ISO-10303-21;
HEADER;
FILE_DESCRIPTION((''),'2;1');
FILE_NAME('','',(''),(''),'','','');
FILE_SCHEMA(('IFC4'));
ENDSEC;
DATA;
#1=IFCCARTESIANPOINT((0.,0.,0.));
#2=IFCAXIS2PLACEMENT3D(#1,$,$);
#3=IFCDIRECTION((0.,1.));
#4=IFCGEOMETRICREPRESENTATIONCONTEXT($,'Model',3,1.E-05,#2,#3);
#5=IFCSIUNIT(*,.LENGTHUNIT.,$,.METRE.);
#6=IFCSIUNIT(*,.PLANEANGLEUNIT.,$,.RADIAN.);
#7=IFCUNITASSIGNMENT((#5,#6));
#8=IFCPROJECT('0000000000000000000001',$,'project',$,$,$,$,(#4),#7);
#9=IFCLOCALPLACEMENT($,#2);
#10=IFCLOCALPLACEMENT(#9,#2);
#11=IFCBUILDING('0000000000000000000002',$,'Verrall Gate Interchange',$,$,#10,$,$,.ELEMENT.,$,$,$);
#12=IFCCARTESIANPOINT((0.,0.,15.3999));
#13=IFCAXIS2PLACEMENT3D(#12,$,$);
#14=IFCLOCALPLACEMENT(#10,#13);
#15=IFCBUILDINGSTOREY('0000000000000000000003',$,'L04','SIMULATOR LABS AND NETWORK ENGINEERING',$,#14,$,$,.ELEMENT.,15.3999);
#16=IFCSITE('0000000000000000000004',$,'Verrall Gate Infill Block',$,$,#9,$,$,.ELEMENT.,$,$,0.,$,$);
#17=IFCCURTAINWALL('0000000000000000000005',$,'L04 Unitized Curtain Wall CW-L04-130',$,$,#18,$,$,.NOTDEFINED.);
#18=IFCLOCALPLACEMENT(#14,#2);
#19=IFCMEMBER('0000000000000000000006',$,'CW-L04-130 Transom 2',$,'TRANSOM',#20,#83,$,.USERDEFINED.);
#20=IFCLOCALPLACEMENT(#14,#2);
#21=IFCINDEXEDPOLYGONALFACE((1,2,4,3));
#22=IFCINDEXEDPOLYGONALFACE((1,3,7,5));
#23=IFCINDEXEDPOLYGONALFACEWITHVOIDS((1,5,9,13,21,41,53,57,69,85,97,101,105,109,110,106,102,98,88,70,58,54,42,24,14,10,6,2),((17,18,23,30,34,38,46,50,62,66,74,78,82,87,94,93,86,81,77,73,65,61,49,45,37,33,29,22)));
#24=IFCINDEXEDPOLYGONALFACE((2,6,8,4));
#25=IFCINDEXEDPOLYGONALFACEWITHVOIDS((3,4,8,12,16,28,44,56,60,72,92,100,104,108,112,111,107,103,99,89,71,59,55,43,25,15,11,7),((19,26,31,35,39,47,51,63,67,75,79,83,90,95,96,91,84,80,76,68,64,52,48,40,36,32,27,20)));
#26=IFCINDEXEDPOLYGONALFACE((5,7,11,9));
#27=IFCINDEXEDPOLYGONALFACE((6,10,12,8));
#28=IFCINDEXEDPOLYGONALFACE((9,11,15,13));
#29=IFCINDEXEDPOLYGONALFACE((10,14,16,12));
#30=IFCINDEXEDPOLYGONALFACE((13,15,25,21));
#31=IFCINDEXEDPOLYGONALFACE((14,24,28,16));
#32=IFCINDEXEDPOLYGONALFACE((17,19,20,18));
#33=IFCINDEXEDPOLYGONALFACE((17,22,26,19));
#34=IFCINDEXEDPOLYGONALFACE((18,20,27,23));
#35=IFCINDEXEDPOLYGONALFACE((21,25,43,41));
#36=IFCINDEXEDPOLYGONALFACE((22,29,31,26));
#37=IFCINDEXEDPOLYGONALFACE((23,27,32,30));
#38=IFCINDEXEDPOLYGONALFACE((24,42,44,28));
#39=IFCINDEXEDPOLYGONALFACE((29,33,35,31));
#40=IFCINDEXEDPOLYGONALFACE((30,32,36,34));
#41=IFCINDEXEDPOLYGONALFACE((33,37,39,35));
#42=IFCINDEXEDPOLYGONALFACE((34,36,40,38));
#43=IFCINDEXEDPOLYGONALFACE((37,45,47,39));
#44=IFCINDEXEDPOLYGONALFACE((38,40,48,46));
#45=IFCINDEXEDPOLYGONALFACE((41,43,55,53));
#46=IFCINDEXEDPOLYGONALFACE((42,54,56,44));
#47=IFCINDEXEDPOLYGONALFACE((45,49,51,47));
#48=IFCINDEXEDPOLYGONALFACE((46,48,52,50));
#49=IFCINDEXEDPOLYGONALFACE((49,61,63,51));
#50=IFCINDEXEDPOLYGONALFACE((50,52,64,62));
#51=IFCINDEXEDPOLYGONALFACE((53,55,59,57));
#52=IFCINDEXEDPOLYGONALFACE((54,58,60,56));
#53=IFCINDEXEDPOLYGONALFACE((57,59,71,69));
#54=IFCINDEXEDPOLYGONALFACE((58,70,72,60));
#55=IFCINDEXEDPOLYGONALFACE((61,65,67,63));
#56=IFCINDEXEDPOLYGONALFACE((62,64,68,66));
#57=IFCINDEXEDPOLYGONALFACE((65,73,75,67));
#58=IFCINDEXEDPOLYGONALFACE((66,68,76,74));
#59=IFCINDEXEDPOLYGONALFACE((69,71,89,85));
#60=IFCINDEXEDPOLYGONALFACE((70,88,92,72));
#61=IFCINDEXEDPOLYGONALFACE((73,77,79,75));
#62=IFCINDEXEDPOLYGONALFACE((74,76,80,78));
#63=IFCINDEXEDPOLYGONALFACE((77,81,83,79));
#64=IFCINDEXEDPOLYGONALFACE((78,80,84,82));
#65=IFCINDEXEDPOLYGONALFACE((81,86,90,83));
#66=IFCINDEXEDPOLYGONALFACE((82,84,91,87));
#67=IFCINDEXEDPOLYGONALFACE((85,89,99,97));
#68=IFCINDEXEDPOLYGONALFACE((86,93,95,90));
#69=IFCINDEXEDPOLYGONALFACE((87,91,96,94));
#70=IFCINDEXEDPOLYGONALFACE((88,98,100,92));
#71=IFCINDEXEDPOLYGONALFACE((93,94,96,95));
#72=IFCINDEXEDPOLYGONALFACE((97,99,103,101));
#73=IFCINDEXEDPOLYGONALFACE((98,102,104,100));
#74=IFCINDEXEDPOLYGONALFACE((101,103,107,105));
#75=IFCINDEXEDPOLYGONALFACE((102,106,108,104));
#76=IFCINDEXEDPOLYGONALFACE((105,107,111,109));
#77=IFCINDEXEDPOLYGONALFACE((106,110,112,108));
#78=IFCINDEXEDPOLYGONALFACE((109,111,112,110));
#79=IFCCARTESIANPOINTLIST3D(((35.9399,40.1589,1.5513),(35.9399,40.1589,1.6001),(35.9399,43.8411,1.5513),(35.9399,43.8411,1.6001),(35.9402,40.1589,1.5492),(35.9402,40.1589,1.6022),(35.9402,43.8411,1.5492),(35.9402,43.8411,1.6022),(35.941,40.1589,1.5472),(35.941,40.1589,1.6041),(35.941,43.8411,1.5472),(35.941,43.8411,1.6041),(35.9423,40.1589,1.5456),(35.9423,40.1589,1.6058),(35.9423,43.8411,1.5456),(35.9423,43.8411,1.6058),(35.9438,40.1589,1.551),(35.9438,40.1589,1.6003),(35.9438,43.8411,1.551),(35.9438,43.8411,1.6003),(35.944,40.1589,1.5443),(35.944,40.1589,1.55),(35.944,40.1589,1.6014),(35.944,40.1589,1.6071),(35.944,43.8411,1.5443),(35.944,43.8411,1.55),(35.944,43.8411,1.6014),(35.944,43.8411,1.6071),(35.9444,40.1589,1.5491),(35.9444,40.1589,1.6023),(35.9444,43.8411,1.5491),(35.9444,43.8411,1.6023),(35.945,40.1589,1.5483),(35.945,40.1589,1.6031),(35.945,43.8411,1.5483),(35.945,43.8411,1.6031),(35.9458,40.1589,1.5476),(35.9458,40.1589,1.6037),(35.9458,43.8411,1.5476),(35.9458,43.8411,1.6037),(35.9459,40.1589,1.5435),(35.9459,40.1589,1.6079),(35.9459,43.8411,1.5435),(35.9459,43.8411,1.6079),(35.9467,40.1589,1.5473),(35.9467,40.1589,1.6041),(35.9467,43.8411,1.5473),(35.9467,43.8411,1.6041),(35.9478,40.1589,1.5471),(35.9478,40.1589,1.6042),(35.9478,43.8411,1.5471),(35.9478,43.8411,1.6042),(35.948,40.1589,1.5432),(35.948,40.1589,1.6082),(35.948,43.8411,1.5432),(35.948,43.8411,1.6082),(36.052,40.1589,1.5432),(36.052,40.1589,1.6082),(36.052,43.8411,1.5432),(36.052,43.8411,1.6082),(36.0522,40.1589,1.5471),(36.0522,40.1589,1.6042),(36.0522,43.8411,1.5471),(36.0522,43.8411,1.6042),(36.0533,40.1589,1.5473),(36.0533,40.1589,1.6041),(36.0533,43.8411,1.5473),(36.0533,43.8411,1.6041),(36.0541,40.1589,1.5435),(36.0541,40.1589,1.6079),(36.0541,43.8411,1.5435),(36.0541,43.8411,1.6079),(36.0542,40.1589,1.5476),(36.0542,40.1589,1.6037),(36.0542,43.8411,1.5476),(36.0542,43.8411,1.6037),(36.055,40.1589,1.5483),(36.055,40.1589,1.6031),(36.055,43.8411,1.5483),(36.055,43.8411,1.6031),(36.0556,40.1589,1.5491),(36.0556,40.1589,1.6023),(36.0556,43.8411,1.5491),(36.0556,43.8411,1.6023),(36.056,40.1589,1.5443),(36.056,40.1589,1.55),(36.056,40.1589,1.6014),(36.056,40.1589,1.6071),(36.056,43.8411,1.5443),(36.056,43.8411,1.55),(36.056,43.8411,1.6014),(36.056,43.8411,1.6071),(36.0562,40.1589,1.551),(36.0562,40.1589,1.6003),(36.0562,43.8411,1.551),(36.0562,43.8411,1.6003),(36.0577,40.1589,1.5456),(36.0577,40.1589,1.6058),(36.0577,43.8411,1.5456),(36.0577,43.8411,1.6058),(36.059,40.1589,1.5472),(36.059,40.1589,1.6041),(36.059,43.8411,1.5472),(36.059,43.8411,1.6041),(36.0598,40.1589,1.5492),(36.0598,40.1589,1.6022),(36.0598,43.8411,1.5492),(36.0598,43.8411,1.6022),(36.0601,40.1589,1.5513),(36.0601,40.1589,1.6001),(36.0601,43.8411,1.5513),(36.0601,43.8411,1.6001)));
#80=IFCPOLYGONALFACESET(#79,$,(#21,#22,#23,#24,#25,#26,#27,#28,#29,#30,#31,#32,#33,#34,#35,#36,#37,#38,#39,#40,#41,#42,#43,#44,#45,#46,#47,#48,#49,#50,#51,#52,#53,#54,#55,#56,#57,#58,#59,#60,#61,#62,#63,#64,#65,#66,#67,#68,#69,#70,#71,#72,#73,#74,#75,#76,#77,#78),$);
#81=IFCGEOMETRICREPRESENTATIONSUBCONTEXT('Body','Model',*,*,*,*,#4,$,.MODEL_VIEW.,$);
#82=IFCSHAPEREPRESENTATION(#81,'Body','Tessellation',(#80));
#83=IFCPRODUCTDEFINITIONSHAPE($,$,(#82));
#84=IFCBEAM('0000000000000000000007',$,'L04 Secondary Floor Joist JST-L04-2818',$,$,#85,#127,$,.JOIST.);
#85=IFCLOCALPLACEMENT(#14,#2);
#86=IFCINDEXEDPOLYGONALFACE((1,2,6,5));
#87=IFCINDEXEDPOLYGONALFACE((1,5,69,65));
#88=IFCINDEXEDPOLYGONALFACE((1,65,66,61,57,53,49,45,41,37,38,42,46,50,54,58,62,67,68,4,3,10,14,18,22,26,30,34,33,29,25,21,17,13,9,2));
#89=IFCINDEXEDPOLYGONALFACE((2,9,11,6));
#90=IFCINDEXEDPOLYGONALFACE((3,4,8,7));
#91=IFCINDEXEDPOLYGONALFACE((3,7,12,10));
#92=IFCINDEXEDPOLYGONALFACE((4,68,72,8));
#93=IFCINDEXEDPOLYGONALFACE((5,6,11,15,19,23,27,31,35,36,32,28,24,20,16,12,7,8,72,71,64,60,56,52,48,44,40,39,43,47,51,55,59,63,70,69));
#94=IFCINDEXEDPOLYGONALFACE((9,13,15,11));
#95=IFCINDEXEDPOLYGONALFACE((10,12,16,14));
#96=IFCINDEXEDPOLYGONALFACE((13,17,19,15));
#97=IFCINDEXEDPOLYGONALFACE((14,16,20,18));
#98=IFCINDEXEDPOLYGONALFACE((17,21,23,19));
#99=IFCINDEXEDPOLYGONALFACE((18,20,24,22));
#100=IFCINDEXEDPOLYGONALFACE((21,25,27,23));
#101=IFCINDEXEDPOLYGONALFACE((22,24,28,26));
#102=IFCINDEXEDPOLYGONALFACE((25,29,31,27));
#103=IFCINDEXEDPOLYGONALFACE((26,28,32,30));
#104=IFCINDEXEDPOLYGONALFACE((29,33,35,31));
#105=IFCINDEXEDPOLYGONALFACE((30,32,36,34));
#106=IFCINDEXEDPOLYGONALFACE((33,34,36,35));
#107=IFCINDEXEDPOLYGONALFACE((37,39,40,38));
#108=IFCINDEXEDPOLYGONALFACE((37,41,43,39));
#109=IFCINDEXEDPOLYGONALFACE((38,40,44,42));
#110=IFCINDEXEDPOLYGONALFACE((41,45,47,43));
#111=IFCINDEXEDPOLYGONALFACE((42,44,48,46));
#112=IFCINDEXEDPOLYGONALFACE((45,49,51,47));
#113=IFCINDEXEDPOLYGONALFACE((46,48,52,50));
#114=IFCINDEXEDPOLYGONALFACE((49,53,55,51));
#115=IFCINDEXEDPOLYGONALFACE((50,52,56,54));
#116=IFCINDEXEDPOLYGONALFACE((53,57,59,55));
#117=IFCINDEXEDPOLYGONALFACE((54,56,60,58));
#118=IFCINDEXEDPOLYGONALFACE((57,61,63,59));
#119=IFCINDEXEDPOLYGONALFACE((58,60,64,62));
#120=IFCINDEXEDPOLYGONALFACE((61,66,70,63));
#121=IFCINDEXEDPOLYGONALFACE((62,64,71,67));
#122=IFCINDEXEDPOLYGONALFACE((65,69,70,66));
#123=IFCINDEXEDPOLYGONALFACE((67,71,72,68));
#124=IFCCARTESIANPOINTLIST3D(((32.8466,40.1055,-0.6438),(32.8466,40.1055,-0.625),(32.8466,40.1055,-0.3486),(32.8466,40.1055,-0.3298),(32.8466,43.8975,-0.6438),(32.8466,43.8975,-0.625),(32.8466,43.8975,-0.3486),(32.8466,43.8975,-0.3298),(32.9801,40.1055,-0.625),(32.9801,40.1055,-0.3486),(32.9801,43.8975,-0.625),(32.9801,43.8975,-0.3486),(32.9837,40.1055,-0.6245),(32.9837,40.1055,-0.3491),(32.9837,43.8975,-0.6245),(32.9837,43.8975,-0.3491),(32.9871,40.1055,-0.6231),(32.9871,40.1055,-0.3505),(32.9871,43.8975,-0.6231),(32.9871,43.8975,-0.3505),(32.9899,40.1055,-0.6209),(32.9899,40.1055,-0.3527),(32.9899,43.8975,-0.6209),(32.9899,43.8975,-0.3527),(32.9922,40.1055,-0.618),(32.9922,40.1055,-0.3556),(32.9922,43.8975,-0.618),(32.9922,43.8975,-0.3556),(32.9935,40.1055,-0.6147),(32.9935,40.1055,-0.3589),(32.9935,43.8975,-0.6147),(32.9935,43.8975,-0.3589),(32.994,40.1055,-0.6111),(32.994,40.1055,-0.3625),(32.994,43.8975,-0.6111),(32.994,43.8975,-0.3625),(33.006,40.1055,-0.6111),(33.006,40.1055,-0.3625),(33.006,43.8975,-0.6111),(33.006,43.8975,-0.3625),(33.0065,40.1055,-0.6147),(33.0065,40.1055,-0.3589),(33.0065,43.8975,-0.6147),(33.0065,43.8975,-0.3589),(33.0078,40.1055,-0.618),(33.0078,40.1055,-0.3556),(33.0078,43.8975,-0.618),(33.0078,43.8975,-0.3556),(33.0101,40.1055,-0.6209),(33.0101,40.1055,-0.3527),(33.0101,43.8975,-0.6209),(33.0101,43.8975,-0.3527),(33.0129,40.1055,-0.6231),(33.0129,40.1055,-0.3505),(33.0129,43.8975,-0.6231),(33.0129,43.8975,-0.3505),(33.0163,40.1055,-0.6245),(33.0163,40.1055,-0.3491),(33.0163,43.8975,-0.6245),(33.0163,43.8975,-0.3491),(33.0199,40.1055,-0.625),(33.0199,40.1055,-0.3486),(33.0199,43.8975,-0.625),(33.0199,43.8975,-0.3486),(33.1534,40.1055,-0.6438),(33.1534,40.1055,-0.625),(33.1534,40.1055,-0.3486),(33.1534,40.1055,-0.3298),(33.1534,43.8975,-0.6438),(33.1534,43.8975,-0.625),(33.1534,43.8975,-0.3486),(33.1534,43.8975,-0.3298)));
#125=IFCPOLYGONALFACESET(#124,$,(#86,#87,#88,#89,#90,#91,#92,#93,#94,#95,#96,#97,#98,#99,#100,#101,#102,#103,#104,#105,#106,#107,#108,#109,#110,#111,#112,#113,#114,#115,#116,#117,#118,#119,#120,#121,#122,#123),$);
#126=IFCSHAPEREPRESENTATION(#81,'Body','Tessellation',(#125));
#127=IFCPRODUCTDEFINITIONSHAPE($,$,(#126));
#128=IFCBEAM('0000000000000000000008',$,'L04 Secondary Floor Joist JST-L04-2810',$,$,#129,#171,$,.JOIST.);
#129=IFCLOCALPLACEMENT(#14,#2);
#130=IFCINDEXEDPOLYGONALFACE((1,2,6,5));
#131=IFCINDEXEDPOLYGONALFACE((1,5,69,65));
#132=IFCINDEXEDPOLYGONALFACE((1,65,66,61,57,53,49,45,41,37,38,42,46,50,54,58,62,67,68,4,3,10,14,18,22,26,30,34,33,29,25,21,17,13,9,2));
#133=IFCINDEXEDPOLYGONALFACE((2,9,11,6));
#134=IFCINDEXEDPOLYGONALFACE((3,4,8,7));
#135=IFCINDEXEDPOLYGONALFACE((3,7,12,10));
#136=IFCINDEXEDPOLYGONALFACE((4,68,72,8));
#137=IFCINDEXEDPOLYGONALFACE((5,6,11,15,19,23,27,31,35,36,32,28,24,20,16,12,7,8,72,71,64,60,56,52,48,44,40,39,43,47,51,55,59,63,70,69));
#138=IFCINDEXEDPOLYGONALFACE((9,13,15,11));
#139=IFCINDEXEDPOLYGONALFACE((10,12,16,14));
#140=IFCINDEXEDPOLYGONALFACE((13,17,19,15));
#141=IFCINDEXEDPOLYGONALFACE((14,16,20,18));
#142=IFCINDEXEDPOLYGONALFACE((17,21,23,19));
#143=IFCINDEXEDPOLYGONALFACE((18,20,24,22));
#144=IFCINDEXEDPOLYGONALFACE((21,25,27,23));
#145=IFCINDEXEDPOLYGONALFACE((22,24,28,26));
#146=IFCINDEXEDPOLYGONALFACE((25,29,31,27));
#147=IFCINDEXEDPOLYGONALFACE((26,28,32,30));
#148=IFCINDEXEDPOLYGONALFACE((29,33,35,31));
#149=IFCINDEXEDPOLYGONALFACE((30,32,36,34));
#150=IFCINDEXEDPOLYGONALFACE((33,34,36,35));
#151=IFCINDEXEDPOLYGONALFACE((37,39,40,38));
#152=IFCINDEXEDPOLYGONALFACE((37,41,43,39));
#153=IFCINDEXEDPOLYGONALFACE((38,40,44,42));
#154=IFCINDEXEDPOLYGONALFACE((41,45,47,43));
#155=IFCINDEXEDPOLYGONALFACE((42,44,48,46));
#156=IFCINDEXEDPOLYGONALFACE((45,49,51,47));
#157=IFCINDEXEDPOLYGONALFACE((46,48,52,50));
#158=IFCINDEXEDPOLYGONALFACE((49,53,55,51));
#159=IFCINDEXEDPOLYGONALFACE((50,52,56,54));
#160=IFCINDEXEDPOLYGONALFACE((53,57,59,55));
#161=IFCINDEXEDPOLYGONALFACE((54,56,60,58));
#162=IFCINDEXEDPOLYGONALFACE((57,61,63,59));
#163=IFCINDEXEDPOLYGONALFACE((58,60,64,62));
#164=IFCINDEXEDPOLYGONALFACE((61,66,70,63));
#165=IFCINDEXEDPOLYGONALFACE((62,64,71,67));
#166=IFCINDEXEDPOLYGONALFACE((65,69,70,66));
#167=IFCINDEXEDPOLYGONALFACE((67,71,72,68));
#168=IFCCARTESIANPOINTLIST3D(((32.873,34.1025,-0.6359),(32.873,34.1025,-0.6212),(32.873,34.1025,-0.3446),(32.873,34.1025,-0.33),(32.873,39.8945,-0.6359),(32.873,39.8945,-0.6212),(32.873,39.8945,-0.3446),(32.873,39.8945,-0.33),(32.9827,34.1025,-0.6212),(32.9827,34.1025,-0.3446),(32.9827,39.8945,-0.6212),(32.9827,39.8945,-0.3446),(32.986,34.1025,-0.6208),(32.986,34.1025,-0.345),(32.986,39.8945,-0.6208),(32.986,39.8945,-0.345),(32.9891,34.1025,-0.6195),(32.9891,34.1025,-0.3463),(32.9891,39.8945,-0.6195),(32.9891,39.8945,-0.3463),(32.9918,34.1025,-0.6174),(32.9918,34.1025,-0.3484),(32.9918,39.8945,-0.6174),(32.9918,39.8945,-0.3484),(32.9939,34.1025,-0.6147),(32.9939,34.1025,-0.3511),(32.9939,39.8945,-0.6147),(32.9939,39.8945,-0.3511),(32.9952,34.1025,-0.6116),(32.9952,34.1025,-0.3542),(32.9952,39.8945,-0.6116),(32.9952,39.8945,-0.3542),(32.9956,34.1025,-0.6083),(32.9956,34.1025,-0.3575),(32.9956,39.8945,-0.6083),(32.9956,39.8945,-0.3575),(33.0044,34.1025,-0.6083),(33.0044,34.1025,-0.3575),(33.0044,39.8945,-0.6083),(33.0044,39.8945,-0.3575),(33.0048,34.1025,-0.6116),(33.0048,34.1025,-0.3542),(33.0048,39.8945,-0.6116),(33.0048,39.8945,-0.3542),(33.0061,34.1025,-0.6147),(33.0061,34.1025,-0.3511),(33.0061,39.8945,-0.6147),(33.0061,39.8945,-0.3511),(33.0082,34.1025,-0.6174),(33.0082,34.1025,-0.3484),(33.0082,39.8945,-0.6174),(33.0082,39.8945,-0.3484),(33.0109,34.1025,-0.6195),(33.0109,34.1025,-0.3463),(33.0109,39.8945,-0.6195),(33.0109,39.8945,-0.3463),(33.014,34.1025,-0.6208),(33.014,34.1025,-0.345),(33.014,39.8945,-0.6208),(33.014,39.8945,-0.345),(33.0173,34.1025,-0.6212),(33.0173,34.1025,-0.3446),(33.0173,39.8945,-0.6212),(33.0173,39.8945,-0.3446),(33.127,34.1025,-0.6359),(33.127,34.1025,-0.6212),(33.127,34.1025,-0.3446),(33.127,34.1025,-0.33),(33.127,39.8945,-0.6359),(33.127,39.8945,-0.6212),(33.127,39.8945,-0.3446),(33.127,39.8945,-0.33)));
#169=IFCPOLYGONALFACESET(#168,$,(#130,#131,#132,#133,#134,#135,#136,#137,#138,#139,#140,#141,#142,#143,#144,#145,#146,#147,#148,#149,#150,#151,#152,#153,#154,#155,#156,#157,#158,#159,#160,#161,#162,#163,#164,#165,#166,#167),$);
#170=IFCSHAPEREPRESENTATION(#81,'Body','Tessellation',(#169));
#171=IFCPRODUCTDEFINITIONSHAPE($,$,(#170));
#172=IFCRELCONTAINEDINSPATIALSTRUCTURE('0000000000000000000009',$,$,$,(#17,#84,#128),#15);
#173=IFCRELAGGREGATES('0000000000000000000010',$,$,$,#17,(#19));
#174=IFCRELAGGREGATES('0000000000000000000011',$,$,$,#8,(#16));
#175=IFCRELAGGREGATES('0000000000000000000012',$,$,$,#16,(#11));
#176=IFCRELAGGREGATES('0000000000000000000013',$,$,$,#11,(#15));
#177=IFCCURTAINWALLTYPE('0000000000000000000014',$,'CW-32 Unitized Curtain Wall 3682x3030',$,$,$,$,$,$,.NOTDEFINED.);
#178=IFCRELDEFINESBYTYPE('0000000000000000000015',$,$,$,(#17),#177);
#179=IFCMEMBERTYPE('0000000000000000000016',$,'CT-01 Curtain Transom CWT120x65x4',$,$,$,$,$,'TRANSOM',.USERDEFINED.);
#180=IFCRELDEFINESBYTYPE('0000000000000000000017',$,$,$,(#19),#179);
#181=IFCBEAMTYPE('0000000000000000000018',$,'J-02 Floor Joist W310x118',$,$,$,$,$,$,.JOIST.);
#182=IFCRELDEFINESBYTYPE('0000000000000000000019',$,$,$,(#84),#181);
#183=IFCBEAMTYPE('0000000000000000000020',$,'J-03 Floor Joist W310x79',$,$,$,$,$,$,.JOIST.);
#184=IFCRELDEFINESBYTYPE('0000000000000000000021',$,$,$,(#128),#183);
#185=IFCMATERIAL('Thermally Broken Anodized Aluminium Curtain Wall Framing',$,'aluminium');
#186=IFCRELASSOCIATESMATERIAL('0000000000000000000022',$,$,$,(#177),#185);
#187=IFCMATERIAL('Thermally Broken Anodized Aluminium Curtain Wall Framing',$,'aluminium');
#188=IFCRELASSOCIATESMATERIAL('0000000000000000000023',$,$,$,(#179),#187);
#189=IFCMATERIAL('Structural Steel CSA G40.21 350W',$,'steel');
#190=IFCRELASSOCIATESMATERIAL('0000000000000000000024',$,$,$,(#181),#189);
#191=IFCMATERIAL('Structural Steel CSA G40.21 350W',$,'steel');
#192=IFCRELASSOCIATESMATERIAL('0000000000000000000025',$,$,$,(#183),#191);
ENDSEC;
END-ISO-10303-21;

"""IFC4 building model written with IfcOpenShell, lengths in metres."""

from ifc_helpers import new_model, si_unit, direction, frame, origin, origin_2d, place, context, subcontext, project, spatial, hollow_rectangle, i_section, extrude, material, material_profile, profile_set, type_object, element, aggregate, save


model = new_model("IFC4")

# Units and contexts
model_context = context("Model", 3, precision=1e-05, world=origin(), true_north=direction((0.0, 1.0)))
body_context = subcontext(model_context, "Body", "Model", "MODEL_VIEW")
ifc_project = project(units=[si_unit("LENGTHUNIT", "METRE"), si_unit("PLANEANGLEUNIT", "RADIAN")], contexts=[model_context])

# Site, building, storey
site_placement = place(None, origin())
site = spatial("IfcSite", under=ifc_project, at=site_placement, Name="Verrall Gate Infill Block", CompositionType="ELEMENT", RefElevation=0.0)
building_placement = place(site_placement, origin())
building = spatial("IfcBuilding", under=site, at=building_placement, Name="Verrall Gate Interchange", CompositionType="ELEMENT")
storey_placement = place(building_placement, frame((0.0, 0.0, 15.3999)))
storey = spatial("IfcBuildingStorey", under=building, at=storey_placement, Name="L04", Description="SIMULATOR LABS AND NETWORK ENGINEERING", CompositionType="ELEMENT", Elevation=15.3999)

# Curtain wall, member
ifc_material_1 = material(Name="Thermally Broken Anodized Aluminium Curtain Wall Framing", Category="aluminium")
curtain_wall_type = type_object("IfcCurtainWallType", Name="CW-32 Unitized Curtain Wall 3682x3030", PredefinedType="NOTDEFINED", material=ifc_material_1)
curtain_wall_placement = place(storey_placement, origin())
curtain_wall = element("IfcCurtainWall", 1, at=curtain_wall_placement, inside=storey, type_object=curtain_wall_type, Name="L04 Unitized Curtain Wall CW-L04-130", PredefinedType="NOTDEFINED")
ifc_material_2 = material(Name="Thermally Broken Anodized Aluminium Curtain Wall Framing", Category="aluminium")
ifc_material_profile_1 = material_profile(ifc_material_2, hollow_rectangle(XDim=0.1201, YDim=0.0649, WallThickness=0.0039, InnerFilletRadius=0.0039, OuterFilletRadius=0.0081, at=origin_2d()), Name="CWT120x65x4")
ifc_profile_set_1 = profile_set([ifc_material_profile_1], Name="Thermally Broken Anodized Aluminium Curtain Wall Framing")
member_type_1 = type_object("IfcMemberType", Name="CT-01 Curtain Transom CWT120x65x4", ElementType="TRANSOM", PredefinedType="USERDEFINED", material=ifc_profile_set_1)
member_1_placement = place(storey_placement, frame((36.0, 40.1589, 1.5757), z_axis=(0.0, 1.0, 0.0), x_axis=(-1.0, 0.0, 0.0)))
member_1 = element("IfcMember", 2, at=member_1_placement, type_object=member_type_1, Name="CW-L04-130 Transom 2", ObjectType="TRANSOM", PredefinedType="USERDEFINED", context=body_context, shape_type="SweptSolid", body=[
    extrude(hollow_rectangle(XDim=0.1201, YDim=0.0649, WallThickness=0.0039, InnerFilletRadius=0.0039, OuterFilletRadius=0.0081, at=origin_2d()), origin(), (0.0, 0.0, 1.0), 3.6821),
])
aggregate(curtain_wall, [member_1])

# Beams
ifc_material_3 = material(Name="Structural Steel CSA G40.21 350W", Category="steel")
ifc_material_profile_2 = material_profile(ifc_material_3, i_section(OverallWidth=0.3069, OverallDepth=0.314, WebThickness=0.012, FlangeThickness=0.0188, FilletRadius=0.0139, at=origin_2d()), Name="W310x118")
ifc_profile_set_2 = profile_set([ifc_material_profile_2], Name="Structural Steel CSA G40.21 350W")
beam_type_1 = type_object("IfcBeamType", Name="J-02 Floor Joist W310x118", PredefinedType="JOIST", material=ifc_profile_set_2)
beam_1_placement = place(storey_placement, frame((33.0, 40.1055, -0.4868), z_axis=(0.0, 1.0, 0.0), x_axis=(-1.0, 0.0, 0.0)))
element("IfcBeam", 3, at=beam_1_placement, inside=storey, type_object=beam_type_1, Name="L04 Secondary Floor Joist JST-L04-2818", PredefinedType="JOIST", context=body_context, shape_type="SweptSolid", body=[
    extrude(i_section(OverallWidth=0.3069, OverallDepth=0.314, WebThickness=0.012, FlangeThickness=0.0188, FilletRadius=0.0139, at=origin_2d()), origin(), (0.0, 0.0, 1.0), 3.792),
])
ifc_material_4 = material(Name="Structural Steel CSA G40.21 350W", Category="steel")
ifc_material_profile_3 = material_profile(ifc_material_4, i_section(OverallWidth=0.2539, OverallDepth=0.3059, WebThickness=0.0088, FlangeThickness=0.0146, FilletRadius=0.0129, at=origin_2d()), Name="W310x79")
ifc_profile_set_3 = profile_set([ifc_material_profile_3], Name="Structural Steel CSA G40.21 350W")
beam_type_2 = type_object("IfcBeamType", Name="J-03 Floor Joist W310x79", PredefinedType="JOIST", material=ifc_profile_set_3)
beam_2_placement = place(storey_placement, frame((33.0, 34.1025, -0.4829), z_axis=(0.0, 1.0, 0.0), x_axis=(-1.0, 0.0, 0.0)))
element("IfcBeam", 4, at=beam_2_placement, inside=storey, type_object=beam_type_2, Name="L04 Secondary Floor Joist JST-L04-2810", PredefinedType="JOIST", context=body_context, shape_type="SweptSolid", body=[
    extrude(i_section(OverallWidth=0.2539, OverallDepth=0.3059, WebThickness=0.0088, FlangeThickness=0.0146, FilletRadius=0.0129, at=origin_2d()), origin(), (0.0, 0.0, 1.0), 5.792),
])

save(model, "model.ifc")
